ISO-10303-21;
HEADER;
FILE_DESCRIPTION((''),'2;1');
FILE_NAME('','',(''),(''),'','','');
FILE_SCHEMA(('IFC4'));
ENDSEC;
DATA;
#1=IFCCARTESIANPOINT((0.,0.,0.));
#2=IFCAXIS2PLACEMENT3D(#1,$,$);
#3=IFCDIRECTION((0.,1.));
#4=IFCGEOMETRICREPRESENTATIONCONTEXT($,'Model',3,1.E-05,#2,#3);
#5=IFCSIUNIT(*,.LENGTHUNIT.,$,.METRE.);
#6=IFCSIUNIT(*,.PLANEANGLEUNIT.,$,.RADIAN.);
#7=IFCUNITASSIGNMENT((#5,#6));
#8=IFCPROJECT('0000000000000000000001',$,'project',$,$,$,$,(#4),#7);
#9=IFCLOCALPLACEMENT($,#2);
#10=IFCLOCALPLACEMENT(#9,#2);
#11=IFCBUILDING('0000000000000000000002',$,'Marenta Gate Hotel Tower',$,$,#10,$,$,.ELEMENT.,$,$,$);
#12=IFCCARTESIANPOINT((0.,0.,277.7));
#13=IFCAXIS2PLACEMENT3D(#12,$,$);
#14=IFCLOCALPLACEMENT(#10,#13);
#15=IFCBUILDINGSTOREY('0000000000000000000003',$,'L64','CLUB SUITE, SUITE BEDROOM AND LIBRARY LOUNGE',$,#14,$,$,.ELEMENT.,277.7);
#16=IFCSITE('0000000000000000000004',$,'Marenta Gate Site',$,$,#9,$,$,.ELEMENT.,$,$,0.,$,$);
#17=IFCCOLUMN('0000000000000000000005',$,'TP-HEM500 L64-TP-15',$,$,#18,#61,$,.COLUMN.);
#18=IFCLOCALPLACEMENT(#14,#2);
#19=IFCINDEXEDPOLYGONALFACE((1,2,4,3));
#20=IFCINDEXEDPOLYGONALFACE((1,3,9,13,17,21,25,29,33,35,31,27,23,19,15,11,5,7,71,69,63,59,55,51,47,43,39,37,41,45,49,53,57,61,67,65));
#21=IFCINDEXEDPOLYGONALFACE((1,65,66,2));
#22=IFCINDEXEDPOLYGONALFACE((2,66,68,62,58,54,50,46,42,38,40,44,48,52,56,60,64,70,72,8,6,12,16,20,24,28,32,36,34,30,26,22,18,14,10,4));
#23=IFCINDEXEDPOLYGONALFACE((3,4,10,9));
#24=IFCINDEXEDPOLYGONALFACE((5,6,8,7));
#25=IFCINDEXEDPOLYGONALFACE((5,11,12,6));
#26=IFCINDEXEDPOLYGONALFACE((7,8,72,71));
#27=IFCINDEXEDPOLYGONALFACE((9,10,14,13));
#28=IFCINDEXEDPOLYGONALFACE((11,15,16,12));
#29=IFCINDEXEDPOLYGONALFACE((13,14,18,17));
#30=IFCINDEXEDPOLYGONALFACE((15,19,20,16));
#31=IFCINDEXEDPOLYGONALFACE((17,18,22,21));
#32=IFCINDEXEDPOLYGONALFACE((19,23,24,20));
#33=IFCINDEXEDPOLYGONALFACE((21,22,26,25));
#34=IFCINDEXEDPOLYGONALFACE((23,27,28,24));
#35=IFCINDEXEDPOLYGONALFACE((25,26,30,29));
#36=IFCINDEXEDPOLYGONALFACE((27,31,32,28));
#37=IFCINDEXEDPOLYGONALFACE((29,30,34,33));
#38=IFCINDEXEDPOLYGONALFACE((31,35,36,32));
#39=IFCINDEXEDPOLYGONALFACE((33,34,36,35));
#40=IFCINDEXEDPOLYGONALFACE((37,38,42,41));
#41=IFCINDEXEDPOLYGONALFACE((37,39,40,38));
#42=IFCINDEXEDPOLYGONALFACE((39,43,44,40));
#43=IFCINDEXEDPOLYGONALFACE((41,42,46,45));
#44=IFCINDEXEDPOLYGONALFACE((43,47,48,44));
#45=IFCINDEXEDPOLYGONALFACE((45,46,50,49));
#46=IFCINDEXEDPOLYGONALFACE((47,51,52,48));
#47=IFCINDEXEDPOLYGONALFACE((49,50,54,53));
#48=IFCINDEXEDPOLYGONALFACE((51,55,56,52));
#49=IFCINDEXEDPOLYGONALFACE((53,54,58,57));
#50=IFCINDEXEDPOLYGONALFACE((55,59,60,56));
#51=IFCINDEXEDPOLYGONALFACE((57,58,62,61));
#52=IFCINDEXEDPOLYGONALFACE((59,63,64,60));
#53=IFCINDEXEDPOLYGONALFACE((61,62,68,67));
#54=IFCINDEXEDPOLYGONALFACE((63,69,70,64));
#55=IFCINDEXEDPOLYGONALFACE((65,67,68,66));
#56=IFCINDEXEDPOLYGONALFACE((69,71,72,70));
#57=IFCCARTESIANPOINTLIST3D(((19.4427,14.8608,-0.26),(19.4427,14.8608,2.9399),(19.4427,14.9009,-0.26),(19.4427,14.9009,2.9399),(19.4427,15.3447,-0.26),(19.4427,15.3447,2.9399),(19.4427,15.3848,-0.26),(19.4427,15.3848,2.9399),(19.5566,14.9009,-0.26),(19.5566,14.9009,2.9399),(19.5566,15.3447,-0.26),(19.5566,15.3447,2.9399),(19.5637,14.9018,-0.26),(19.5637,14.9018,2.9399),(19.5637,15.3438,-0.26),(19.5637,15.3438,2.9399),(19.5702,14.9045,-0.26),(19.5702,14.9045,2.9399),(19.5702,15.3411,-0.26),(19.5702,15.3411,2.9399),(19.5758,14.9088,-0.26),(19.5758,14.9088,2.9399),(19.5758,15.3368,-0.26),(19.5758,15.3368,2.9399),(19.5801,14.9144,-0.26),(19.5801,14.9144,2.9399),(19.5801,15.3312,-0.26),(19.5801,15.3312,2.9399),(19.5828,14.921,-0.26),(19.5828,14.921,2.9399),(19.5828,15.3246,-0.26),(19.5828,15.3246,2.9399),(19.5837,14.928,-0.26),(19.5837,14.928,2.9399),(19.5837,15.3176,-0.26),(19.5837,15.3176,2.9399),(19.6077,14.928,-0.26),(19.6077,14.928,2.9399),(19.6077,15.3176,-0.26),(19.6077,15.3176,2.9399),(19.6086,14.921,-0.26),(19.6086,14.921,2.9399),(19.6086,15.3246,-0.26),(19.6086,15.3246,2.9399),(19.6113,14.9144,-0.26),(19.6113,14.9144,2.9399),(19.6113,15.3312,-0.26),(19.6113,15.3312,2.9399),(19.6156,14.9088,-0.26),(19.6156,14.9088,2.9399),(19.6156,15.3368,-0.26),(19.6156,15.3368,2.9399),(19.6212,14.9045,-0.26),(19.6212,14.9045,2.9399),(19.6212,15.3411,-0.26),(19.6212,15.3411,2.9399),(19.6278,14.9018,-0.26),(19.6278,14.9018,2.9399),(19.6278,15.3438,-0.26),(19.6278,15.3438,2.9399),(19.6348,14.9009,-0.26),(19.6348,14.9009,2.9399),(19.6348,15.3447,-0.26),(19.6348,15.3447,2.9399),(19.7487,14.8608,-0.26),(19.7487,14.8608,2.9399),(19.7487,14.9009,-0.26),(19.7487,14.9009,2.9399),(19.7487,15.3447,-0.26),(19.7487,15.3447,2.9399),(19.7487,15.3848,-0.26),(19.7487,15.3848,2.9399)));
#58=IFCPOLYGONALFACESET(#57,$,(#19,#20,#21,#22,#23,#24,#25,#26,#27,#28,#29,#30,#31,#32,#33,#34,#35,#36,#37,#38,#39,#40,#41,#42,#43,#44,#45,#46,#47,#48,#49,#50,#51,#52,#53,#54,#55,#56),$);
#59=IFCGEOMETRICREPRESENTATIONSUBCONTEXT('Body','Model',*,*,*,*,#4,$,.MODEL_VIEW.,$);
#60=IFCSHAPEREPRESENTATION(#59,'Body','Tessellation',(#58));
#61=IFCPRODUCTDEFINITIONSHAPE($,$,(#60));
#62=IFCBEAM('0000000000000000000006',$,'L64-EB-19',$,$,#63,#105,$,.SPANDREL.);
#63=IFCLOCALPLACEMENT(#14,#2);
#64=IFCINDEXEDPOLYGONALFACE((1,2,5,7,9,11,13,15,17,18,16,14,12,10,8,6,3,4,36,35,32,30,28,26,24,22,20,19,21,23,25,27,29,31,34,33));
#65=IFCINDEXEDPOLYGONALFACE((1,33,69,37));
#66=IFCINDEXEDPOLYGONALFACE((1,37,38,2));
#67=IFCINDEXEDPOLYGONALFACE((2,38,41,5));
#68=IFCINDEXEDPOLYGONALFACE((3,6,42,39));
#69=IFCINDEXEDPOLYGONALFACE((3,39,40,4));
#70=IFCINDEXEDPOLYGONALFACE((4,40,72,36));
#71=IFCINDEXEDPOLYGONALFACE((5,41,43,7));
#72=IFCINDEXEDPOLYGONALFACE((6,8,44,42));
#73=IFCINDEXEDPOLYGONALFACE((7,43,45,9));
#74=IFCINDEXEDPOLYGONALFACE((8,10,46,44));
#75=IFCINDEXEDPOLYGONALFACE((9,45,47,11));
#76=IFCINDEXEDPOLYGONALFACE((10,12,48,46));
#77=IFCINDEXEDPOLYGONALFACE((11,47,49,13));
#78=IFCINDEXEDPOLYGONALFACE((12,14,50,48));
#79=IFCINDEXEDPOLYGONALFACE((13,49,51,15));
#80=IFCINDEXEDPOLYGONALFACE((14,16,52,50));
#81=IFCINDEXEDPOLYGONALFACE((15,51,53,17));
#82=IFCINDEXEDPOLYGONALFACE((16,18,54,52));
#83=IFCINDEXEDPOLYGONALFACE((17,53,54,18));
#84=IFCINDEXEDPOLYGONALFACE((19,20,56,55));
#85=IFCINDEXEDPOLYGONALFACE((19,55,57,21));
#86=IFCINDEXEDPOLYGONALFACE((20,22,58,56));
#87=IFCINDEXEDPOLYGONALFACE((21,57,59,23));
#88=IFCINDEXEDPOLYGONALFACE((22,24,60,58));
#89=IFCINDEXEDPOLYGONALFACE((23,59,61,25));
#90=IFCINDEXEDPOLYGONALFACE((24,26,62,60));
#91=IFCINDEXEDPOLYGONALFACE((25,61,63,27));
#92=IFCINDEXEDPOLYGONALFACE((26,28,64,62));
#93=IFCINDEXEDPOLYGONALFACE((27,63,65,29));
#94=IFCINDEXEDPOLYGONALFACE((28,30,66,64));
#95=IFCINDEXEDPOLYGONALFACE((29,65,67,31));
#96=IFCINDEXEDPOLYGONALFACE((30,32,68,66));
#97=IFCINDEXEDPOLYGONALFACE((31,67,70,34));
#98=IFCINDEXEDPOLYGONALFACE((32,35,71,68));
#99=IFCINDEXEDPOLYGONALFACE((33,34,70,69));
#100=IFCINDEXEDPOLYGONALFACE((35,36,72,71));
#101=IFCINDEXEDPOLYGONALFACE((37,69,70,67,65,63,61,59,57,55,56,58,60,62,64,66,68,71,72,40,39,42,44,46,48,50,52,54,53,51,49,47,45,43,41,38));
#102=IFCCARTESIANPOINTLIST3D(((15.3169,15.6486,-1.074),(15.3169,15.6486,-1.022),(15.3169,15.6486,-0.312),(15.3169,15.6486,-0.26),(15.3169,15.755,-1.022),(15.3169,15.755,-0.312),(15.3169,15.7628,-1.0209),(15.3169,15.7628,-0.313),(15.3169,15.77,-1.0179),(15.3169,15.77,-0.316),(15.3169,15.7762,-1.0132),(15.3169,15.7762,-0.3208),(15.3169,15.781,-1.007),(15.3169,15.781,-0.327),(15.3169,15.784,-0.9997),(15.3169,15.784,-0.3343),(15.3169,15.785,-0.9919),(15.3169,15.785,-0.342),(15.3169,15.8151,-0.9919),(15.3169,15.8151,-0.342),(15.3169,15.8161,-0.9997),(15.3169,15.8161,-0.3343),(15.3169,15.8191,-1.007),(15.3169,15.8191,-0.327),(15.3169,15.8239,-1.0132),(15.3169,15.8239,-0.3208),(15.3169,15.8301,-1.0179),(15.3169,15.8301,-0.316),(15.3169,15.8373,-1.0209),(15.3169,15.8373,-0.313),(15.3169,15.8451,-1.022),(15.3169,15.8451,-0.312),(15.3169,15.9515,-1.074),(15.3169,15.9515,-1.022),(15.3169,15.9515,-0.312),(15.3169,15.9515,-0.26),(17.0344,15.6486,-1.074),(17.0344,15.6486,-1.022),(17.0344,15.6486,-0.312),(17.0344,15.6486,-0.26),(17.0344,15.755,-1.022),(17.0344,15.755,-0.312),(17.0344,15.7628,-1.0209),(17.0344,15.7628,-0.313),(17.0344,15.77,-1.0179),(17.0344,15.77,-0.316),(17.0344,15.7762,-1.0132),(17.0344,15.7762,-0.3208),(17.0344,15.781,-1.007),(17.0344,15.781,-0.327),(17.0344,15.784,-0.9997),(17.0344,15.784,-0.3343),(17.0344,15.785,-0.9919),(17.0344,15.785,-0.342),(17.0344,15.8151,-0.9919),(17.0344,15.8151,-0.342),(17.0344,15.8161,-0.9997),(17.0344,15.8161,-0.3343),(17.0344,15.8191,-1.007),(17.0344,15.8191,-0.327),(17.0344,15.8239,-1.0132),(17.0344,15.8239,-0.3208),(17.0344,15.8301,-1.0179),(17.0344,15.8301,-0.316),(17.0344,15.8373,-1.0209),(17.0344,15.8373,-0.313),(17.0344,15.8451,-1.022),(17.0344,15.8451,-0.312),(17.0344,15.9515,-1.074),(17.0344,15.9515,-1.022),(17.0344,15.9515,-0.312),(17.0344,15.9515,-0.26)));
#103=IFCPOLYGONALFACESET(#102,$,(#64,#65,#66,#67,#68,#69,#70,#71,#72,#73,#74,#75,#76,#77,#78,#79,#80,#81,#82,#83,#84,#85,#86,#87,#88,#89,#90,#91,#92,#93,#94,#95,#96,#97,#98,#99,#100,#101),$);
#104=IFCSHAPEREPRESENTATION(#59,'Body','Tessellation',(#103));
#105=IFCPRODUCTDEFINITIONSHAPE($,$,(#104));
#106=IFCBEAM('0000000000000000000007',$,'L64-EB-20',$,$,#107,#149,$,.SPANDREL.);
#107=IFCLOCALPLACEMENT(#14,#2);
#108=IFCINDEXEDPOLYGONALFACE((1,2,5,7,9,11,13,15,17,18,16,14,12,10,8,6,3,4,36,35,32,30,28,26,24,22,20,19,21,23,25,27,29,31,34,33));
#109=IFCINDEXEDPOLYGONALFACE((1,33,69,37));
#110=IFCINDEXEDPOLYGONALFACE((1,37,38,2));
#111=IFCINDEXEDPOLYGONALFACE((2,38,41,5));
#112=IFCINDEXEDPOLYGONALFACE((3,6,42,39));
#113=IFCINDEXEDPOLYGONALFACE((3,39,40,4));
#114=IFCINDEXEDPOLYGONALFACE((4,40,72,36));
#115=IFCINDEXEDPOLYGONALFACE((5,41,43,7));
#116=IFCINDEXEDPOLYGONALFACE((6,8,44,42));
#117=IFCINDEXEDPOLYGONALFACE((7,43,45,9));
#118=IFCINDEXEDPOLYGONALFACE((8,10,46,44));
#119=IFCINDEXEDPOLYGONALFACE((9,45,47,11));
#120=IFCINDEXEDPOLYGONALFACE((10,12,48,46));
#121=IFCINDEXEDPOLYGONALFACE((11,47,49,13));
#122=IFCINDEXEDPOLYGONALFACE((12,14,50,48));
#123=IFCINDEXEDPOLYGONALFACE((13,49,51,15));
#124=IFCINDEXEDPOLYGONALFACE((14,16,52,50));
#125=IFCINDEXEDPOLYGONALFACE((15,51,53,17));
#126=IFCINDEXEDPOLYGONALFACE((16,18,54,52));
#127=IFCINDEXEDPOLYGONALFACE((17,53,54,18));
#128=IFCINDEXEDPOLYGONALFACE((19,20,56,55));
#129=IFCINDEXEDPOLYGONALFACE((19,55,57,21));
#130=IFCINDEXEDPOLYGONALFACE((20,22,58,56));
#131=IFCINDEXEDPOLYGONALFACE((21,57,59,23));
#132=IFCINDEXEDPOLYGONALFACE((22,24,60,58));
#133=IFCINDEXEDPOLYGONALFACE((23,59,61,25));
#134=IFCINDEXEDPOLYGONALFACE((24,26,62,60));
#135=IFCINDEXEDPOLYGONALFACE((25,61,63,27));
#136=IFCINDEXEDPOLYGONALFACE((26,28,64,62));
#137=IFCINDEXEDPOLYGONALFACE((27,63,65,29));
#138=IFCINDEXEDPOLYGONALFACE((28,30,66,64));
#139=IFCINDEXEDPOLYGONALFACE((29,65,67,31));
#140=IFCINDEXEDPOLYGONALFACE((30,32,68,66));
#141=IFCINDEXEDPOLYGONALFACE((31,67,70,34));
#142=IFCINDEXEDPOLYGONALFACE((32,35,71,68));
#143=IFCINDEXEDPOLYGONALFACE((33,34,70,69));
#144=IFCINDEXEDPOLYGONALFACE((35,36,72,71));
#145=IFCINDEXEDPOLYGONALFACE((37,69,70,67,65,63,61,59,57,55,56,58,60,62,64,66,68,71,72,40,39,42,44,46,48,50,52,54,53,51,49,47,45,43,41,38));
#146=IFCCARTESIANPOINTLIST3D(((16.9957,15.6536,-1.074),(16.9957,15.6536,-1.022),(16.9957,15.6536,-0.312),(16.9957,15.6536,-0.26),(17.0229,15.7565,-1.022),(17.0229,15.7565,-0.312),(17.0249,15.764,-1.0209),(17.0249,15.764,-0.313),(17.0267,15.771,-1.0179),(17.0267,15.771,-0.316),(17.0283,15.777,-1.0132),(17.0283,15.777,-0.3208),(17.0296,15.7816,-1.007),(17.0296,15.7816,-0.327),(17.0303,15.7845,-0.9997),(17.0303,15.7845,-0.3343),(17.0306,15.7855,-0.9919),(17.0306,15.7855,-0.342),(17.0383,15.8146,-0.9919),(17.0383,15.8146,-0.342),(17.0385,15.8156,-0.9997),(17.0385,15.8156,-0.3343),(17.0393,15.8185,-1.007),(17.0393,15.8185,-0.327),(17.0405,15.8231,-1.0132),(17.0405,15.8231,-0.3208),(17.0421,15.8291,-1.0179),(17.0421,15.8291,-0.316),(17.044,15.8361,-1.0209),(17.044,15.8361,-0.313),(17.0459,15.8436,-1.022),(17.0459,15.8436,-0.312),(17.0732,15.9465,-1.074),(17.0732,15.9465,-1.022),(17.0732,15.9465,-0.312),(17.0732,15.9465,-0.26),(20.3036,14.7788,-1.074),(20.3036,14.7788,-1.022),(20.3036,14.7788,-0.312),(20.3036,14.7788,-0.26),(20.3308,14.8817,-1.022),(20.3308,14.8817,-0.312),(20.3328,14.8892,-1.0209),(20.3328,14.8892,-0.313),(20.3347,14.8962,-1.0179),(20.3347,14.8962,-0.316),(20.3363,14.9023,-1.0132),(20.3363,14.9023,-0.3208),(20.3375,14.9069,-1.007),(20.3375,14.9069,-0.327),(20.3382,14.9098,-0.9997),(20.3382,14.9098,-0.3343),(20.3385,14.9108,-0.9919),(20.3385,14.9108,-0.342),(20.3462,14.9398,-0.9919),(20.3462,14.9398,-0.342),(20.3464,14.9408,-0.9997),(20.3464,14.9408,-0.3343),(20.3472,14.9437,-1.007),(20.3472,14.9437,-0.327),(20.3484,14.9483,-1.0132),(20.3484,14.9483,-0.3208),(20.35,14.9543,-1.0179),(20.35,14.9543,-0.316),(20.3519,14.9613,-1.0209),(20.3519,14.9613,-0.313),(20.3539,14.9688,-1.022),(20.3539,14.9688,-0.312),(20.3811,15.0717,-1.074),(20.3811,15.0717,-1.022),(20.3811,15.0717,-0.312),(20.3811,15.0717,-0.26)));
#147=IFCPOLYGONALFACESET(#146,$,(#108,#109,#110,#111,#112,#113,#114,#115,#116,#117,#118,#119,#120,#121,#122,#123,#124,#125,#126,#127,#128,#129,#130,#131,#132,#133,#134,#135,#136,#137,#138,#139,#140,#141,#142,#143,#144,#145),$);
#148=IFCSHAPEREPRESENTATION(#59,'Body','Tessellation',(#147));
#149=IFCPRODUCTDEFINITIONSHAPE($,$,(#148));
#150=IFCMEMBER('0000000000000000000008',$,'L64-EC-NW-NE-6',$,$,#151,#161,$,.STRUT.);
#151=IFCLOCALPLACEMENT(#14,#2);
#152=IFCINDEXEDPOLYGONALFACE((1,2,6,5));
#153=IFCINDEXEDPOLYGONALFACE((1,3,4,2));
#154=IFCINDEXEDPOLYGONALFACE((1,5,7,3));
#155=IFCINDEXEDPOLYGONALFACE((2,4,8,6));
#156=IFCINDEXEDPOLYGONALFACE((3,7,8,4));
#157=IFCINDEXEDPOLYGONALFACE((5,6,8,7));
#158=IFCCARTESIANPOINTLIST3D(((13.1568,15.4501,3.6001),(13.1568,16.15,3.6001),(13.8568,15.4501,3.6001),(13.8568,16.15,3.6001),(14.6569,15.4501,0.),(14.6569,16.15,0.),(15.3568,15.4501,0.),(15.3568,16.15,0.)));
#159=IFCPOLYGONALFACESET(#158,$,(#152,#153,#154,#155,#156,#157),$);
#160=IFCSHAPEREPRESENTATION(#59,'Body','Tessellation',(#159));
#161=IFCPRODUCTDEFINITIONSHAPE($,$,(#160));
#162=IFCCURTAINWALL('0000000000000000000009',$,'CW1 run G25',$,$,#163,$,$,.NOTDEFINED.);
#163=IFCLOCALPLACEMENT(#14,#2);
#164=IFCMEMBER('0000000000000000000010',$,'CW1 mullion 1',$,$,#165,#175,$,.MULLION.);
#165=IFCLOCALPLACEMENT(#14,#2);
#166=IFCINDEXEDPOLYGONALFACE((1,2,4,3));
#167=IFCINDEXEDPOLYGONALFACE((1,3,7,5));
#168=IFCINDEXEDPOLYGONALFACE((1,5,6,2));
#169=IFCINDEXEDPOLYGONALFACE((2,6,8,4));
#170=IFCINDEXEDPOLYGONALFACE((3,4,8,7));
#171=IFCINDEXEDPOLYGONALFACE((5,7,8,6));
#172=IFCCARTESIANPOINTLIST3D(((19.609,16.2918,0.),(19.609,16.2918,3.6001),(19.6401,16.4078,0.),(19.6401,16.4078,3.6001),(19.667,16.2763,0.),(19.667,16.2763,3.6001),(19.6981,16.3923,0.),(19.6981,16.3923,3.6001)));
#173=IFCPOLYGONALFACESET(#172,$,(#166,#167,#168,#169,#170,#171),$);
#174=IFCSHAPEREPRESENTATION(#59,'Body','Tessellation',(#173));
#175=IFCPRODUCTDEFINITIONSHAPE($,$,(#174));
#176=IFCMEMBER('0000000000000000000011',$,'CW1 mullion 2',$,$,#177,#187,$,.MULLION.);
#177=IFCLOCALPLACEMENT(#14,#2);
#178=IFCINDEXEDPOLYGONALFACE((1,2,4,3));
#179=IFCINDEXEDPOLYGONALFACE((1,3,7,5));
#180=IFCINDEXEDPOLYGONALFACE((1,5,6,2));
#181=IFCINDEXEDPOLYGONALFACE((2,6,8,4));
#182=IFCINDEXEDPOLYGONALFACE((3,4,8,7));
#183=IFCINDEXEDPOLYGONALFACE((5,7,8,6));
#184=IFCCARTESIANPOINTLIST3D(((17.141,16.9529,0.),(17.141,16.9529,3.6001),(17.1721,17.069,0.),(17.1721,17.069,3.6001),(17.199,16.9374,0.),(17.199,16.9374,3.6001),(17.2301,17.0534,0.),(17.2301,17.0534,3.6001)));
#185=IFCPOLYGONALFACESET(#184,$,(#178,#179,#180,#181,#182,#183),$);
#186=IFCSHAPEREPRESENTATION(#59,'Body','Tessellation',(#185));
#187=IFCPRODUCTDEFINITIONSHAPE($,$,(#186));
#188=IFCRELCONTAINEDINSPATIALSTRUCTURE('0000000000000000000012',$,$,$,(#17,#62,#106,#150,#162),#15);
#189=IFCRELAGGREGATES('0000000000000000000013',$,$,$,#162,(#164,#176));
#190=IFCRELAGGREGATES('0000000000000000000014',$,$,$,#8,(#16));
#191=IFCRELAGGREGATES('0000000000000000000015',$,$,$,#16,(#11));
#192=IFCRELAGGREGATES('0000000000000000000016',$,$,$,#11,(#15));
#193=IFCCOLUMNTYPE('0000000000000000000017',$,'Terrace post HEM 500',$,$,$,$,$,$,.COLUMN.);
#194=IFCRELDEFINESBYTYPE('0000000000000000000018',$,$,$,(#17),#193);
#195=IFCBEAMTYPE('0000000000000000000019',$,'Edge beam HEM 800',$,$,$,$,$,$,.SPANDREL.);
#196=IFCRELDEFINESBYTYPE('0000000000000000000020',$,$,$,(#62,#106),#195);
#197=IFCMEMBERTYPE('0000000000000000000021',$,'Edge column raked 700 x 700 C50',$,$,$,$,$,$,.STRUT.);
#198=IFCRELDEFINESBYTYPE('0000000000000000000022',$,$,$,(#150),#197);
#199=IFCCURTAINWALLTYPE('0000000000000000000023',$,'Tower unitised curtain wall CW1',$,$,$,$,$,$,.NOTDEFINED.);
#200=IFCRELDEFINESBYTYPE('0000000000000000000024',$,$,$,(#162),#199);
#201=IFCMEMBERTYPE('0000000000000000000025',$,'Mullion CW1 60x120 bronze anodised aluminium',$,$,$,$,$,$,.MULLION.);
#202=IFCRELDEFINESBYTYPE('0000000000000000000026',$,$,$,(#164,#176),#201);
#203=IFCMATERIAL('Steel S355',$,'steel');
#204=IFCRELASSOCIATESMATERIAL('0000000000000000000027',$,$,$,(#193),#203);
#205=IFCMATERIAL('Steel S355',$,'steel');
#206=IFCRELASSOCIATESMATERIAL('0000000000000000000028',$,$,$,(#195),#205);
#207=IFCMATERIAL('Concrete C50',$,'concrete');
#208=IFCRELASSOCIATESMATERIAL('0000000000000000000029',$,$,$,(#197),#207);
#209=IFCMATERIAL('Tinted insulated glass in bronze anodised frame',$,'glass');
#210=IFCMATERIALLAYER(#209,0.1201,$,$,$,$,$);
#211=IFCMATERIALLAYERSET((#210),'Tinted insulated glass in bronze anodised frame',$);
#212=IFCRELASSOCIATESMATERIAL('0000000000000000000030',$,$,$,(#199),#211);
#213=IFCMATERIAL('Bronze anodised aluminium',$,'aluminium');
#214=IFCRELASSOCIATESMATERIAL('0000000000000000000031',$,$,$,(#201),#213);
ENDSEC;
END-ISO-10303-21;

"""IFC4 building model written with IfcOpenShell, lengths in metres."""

from ifc_helpers import new_model, si_unit, direction, frame, origin, origin_2d, place, context, subcontext, project, spatial, rectangle, i_section, extrude, material, layer, layer_set, material_profile, profile_set, type_object, element, aggregate, save


model = new_model("IFC4")

# Units and contexts
model_context = context("Model", 3, precision=1e-05, world=origin(), true_north=direction((0.0, 1.0)))
body_context = subcontext(model_context, "Body", "Model", "MODEL_VIEW")
ifc_project = project(units=[si_unit("LENGTHUNIT", "METRE"), si_unit("PLANEANGLEUNIT", "RADIAN")], contexts=[model_context])

# Site, building, storey
site_placement = place(None, origin())
site = spatial("IfcSite", under=ifc_project, at=site_placement, Name="Marenta Gate Site", CompositionType="ELEMENT", RefElevation=0.0)
building_placement = place(site_placement, origin())
building = spatial("IfcBuilding", under=site, at=building_placement, Name="Marenta Gate Hotel Tower", CompositionType="ELEMENT")
storey_placement = place(building_placement, frame((0.0, 0.0, 277.7)))
storey = spatial("IfcBuildingStorey", under=building, at=storey_placement, Name="L64", Description="CLUB SUITE, SUITE BEDROOM AND LIBRARY LOUNGE", CompositionType="ELEMENT", Elevation=277.7)

# Column
ifc_material_1 = material(Name="Steel S355", Category="steel")
ifc_material_profile_1 = material_profile(ifc_material_1, i_section(OverallWidth=0.3059, OverallDepth=0.5239, WebThickness=0.0239, FlangeThickness=0.04, FilletRadius=0.0271, at=origin_2d()), Name="HEM 500")
ifc_profile_set_1 = profile_set([ifc_material_profile_1], Name="Steel S355")
column_type = type_object("IfcColumnType", Name="Terrace post HEM 500", PredefinedType="COLUMN", material=ifc_profile_set_1)
column_placement = place(storey_placement, frame((19.5957, 15.1228, -0.26), z_axis=(0.0, 0.0, 1.0), x_axis=(1.0, 0.0, 0.0)))
element("IfcColumn", 1, at=column_placement, inside=storey, type_object=column_type, Name="TP-HEM500 L64-TP-15", PredefinedType="COLUMN", context=body_context, shape_type="SweptSolid", body=[
    extrude(i_section(OverallWidth=0.3059, OverallDepth=0.5239, WebThickness=0.0239, FlangeThickness=0.04, FilletRadius=0.0271, at=origin_2d()), origin(), (0.0, 0.0, 1.0), 3.2),
])

# Beams
ifc_material_2 = material(Name="Steel S355", Category="steel")
ifc_material_profile_2 = material_profile(ifc_material_2, i_section(OverallWidth=0.303, OverallDepth=0.814, WebThickness=0.03, FlangeThickness=0.052, FilletRadius=0.03, at=origin_2d()), Name="HEM 800")
ifc_profile_set_2 = profile_set([ifc_material_profile_2], Name="Steel S355")
beam_type_1 = type_object("IfcBeamType", Name="Edge beam HEM 800", PredefinedType="SPANDREL", material=ifc_profile_set_2)
beam_1_placement = place(storey_placement, frame((15.3169, 15.8, -0.667), z_axis=(1.0, 0.0, 0.0), x_axis=(0.0, 1.0, 0.0)))
element("IfcBeam", 2, at=beam_1_placement, inside=storey, type_object=beam_type_1, Name="L64-EB-19", PredefinedType="SPANDREL", context=body_context, shape_type="SweptSolid", body=[
    extrude(i_section(OverallWidth=0.303, OverallDepth=0.814, WebThickness=0.03, FlangeThickness=0.052, FilletRadius=0.03, at=origin_2d()), origin(), (0.0, 0.0, 1.0), 1.7175),
])
beam_2_placement = place(storey_placement, frame((17.0344, 15.8, -0.667), z_axis=(0.966767, -0.255659, 0.0), x_axis=(0.255659, 0.966767, 0.0)))
element("IfcBeam", 3, at=beam_2_placement, inside=storey, type_object=beam_type_1, Name="L64-EB-20", PredefinedType="SPANDREL", context=body_context, shape_type="SweptSolid", body=[
    extrude(i_section(OverallWidth=0.303, OverallDepth=0.814, WebThickness=0.03, FlangeThickness=0.052, FilletRadius=0.03, at=origin_2d()), origin(), (0.0, 0.0, 1.0), 3.4216),
])

# Member
ifc_material_3 = material(Name="Concrete C50", Category="concrete")
ifc_material_profile_3 = material_profile(ifc_material_3, rectangle(XDim=0.7, YDim=0.7, at=origin_2d()), Name="700 x 700")
ifc_profile_set_3 = profile_set([ifc_material_profile_3], Name="Concrete C50")
member_type_1 = type_object("IfcMemberType", Name="Edge column raked 700 x 700 C50", PredefinedType="STRUT", material=ifc_profile_set_3)
member_1_placement = place(storey_placement, frame((15.0068, 15.8, 0.0), z_axis=(0.0, 0.0, 1.0), x_axis=(1.0, 0.0, 0.0)))
element("IfcMember", 4, at=member_1_placement, inside=storey, type_object=member_type_1, Name="L64-EC-NW-NE-6", PredefinedType="STRUT", context=body_context, shape_type="SweptSolid", body=[
    extrude(rectangle(XDim=0.7, YDim=0.7, at=origin_2d()), origin(), (-0.384606, 0.0, 0.923081), 3.9001),
])

# Curtain wall, members
ifc_material_4 = material(Name="Tinted insulated glass in bronze anodised frame", Category="glass")
ifc_layer_1 = layer(ifc_material_4, 0.1201)
ifc_layer_set_1 = layer_set([ifc_layer_1], Name="Tinted insulated glass in bronze anodised frame")
curtain_wall_type = type_object("IfcCurtainWallType", Name="Tower unitised curtain wall CW1", PredefinedType="NOTDEFINED", material=ifc_layer_set_1)
curtain_wall_1_placement = place(storey_placement, origin())
curtain_wall_1 = element("IfcCurtainWall", 5, at=curtain_wall_1_placement, inside=storey, type_object=curtain_wall_type, Name="CW1 run G25", PredefinedType="NOTDEFINED")
ifc_material_5 = material(Name="Bronze anodised aluminium", Category="aluminium")
ifc_material_profile_4 = material_profile(ifc_material_5, rectangle(XDim=0.1201, YDim=0.0601, at=origin_2d()), Name="Mullion CW1 60x120 bronze anodised aluminium")
ifc_profile_set_4 = profile_set([ifc_material_profile_4], Name="Bronze anodised aluminium")
member_type_2 = type_object("IfcMemberType", Name="Mullion CW1 60x120 bronze anodised aluminium", PredefinedType="MULLION", material=ifc_profile_set_4)
member_2_placement = place(storey_placement, frame((19.6536, 16.342, 0.0), z_axis=(0.0, 0.0, 1.0), x_axis=(-0.258805, -0.96593, 0.0)))
member_2 = element("IfcMember", 6, at=member_2_placement, type_object=member_type_2, Name="CW1 mullion 1", PredefinedType="MULLION", context=body_context, shape_type="SweptSolid", body=[
    extrude(rectangle(XDim=0.1201, YDim=0.0601, at=origin_2d()), origin(), (0.0, 0.0, 1.0), 3.6001),
])
member_3_placement = place(storey_placement, frame((17.1855, 17.0032, 0.0), z_axis=(0.0, 0.0, 1.0), x_axis=(-0.258805, -0.96593, 0.0)))
member_3 = element("IfcMember", 7, at=member_3_placement, type_object=member_type_2, Name="CW1 mullion 2", PredefinedType="MULLION", context=body_context, shape_type="SweptSolid", body=[
    extrude(rectangle(XDim=0.1201, YDim=0.0601, at=origin_2d()), origin(), (0.0, 0.0, 1.0), 3.6001),
])

aggregate(curtain_wall_1, [member_2, member_3])

save(model, "model.ifc")
